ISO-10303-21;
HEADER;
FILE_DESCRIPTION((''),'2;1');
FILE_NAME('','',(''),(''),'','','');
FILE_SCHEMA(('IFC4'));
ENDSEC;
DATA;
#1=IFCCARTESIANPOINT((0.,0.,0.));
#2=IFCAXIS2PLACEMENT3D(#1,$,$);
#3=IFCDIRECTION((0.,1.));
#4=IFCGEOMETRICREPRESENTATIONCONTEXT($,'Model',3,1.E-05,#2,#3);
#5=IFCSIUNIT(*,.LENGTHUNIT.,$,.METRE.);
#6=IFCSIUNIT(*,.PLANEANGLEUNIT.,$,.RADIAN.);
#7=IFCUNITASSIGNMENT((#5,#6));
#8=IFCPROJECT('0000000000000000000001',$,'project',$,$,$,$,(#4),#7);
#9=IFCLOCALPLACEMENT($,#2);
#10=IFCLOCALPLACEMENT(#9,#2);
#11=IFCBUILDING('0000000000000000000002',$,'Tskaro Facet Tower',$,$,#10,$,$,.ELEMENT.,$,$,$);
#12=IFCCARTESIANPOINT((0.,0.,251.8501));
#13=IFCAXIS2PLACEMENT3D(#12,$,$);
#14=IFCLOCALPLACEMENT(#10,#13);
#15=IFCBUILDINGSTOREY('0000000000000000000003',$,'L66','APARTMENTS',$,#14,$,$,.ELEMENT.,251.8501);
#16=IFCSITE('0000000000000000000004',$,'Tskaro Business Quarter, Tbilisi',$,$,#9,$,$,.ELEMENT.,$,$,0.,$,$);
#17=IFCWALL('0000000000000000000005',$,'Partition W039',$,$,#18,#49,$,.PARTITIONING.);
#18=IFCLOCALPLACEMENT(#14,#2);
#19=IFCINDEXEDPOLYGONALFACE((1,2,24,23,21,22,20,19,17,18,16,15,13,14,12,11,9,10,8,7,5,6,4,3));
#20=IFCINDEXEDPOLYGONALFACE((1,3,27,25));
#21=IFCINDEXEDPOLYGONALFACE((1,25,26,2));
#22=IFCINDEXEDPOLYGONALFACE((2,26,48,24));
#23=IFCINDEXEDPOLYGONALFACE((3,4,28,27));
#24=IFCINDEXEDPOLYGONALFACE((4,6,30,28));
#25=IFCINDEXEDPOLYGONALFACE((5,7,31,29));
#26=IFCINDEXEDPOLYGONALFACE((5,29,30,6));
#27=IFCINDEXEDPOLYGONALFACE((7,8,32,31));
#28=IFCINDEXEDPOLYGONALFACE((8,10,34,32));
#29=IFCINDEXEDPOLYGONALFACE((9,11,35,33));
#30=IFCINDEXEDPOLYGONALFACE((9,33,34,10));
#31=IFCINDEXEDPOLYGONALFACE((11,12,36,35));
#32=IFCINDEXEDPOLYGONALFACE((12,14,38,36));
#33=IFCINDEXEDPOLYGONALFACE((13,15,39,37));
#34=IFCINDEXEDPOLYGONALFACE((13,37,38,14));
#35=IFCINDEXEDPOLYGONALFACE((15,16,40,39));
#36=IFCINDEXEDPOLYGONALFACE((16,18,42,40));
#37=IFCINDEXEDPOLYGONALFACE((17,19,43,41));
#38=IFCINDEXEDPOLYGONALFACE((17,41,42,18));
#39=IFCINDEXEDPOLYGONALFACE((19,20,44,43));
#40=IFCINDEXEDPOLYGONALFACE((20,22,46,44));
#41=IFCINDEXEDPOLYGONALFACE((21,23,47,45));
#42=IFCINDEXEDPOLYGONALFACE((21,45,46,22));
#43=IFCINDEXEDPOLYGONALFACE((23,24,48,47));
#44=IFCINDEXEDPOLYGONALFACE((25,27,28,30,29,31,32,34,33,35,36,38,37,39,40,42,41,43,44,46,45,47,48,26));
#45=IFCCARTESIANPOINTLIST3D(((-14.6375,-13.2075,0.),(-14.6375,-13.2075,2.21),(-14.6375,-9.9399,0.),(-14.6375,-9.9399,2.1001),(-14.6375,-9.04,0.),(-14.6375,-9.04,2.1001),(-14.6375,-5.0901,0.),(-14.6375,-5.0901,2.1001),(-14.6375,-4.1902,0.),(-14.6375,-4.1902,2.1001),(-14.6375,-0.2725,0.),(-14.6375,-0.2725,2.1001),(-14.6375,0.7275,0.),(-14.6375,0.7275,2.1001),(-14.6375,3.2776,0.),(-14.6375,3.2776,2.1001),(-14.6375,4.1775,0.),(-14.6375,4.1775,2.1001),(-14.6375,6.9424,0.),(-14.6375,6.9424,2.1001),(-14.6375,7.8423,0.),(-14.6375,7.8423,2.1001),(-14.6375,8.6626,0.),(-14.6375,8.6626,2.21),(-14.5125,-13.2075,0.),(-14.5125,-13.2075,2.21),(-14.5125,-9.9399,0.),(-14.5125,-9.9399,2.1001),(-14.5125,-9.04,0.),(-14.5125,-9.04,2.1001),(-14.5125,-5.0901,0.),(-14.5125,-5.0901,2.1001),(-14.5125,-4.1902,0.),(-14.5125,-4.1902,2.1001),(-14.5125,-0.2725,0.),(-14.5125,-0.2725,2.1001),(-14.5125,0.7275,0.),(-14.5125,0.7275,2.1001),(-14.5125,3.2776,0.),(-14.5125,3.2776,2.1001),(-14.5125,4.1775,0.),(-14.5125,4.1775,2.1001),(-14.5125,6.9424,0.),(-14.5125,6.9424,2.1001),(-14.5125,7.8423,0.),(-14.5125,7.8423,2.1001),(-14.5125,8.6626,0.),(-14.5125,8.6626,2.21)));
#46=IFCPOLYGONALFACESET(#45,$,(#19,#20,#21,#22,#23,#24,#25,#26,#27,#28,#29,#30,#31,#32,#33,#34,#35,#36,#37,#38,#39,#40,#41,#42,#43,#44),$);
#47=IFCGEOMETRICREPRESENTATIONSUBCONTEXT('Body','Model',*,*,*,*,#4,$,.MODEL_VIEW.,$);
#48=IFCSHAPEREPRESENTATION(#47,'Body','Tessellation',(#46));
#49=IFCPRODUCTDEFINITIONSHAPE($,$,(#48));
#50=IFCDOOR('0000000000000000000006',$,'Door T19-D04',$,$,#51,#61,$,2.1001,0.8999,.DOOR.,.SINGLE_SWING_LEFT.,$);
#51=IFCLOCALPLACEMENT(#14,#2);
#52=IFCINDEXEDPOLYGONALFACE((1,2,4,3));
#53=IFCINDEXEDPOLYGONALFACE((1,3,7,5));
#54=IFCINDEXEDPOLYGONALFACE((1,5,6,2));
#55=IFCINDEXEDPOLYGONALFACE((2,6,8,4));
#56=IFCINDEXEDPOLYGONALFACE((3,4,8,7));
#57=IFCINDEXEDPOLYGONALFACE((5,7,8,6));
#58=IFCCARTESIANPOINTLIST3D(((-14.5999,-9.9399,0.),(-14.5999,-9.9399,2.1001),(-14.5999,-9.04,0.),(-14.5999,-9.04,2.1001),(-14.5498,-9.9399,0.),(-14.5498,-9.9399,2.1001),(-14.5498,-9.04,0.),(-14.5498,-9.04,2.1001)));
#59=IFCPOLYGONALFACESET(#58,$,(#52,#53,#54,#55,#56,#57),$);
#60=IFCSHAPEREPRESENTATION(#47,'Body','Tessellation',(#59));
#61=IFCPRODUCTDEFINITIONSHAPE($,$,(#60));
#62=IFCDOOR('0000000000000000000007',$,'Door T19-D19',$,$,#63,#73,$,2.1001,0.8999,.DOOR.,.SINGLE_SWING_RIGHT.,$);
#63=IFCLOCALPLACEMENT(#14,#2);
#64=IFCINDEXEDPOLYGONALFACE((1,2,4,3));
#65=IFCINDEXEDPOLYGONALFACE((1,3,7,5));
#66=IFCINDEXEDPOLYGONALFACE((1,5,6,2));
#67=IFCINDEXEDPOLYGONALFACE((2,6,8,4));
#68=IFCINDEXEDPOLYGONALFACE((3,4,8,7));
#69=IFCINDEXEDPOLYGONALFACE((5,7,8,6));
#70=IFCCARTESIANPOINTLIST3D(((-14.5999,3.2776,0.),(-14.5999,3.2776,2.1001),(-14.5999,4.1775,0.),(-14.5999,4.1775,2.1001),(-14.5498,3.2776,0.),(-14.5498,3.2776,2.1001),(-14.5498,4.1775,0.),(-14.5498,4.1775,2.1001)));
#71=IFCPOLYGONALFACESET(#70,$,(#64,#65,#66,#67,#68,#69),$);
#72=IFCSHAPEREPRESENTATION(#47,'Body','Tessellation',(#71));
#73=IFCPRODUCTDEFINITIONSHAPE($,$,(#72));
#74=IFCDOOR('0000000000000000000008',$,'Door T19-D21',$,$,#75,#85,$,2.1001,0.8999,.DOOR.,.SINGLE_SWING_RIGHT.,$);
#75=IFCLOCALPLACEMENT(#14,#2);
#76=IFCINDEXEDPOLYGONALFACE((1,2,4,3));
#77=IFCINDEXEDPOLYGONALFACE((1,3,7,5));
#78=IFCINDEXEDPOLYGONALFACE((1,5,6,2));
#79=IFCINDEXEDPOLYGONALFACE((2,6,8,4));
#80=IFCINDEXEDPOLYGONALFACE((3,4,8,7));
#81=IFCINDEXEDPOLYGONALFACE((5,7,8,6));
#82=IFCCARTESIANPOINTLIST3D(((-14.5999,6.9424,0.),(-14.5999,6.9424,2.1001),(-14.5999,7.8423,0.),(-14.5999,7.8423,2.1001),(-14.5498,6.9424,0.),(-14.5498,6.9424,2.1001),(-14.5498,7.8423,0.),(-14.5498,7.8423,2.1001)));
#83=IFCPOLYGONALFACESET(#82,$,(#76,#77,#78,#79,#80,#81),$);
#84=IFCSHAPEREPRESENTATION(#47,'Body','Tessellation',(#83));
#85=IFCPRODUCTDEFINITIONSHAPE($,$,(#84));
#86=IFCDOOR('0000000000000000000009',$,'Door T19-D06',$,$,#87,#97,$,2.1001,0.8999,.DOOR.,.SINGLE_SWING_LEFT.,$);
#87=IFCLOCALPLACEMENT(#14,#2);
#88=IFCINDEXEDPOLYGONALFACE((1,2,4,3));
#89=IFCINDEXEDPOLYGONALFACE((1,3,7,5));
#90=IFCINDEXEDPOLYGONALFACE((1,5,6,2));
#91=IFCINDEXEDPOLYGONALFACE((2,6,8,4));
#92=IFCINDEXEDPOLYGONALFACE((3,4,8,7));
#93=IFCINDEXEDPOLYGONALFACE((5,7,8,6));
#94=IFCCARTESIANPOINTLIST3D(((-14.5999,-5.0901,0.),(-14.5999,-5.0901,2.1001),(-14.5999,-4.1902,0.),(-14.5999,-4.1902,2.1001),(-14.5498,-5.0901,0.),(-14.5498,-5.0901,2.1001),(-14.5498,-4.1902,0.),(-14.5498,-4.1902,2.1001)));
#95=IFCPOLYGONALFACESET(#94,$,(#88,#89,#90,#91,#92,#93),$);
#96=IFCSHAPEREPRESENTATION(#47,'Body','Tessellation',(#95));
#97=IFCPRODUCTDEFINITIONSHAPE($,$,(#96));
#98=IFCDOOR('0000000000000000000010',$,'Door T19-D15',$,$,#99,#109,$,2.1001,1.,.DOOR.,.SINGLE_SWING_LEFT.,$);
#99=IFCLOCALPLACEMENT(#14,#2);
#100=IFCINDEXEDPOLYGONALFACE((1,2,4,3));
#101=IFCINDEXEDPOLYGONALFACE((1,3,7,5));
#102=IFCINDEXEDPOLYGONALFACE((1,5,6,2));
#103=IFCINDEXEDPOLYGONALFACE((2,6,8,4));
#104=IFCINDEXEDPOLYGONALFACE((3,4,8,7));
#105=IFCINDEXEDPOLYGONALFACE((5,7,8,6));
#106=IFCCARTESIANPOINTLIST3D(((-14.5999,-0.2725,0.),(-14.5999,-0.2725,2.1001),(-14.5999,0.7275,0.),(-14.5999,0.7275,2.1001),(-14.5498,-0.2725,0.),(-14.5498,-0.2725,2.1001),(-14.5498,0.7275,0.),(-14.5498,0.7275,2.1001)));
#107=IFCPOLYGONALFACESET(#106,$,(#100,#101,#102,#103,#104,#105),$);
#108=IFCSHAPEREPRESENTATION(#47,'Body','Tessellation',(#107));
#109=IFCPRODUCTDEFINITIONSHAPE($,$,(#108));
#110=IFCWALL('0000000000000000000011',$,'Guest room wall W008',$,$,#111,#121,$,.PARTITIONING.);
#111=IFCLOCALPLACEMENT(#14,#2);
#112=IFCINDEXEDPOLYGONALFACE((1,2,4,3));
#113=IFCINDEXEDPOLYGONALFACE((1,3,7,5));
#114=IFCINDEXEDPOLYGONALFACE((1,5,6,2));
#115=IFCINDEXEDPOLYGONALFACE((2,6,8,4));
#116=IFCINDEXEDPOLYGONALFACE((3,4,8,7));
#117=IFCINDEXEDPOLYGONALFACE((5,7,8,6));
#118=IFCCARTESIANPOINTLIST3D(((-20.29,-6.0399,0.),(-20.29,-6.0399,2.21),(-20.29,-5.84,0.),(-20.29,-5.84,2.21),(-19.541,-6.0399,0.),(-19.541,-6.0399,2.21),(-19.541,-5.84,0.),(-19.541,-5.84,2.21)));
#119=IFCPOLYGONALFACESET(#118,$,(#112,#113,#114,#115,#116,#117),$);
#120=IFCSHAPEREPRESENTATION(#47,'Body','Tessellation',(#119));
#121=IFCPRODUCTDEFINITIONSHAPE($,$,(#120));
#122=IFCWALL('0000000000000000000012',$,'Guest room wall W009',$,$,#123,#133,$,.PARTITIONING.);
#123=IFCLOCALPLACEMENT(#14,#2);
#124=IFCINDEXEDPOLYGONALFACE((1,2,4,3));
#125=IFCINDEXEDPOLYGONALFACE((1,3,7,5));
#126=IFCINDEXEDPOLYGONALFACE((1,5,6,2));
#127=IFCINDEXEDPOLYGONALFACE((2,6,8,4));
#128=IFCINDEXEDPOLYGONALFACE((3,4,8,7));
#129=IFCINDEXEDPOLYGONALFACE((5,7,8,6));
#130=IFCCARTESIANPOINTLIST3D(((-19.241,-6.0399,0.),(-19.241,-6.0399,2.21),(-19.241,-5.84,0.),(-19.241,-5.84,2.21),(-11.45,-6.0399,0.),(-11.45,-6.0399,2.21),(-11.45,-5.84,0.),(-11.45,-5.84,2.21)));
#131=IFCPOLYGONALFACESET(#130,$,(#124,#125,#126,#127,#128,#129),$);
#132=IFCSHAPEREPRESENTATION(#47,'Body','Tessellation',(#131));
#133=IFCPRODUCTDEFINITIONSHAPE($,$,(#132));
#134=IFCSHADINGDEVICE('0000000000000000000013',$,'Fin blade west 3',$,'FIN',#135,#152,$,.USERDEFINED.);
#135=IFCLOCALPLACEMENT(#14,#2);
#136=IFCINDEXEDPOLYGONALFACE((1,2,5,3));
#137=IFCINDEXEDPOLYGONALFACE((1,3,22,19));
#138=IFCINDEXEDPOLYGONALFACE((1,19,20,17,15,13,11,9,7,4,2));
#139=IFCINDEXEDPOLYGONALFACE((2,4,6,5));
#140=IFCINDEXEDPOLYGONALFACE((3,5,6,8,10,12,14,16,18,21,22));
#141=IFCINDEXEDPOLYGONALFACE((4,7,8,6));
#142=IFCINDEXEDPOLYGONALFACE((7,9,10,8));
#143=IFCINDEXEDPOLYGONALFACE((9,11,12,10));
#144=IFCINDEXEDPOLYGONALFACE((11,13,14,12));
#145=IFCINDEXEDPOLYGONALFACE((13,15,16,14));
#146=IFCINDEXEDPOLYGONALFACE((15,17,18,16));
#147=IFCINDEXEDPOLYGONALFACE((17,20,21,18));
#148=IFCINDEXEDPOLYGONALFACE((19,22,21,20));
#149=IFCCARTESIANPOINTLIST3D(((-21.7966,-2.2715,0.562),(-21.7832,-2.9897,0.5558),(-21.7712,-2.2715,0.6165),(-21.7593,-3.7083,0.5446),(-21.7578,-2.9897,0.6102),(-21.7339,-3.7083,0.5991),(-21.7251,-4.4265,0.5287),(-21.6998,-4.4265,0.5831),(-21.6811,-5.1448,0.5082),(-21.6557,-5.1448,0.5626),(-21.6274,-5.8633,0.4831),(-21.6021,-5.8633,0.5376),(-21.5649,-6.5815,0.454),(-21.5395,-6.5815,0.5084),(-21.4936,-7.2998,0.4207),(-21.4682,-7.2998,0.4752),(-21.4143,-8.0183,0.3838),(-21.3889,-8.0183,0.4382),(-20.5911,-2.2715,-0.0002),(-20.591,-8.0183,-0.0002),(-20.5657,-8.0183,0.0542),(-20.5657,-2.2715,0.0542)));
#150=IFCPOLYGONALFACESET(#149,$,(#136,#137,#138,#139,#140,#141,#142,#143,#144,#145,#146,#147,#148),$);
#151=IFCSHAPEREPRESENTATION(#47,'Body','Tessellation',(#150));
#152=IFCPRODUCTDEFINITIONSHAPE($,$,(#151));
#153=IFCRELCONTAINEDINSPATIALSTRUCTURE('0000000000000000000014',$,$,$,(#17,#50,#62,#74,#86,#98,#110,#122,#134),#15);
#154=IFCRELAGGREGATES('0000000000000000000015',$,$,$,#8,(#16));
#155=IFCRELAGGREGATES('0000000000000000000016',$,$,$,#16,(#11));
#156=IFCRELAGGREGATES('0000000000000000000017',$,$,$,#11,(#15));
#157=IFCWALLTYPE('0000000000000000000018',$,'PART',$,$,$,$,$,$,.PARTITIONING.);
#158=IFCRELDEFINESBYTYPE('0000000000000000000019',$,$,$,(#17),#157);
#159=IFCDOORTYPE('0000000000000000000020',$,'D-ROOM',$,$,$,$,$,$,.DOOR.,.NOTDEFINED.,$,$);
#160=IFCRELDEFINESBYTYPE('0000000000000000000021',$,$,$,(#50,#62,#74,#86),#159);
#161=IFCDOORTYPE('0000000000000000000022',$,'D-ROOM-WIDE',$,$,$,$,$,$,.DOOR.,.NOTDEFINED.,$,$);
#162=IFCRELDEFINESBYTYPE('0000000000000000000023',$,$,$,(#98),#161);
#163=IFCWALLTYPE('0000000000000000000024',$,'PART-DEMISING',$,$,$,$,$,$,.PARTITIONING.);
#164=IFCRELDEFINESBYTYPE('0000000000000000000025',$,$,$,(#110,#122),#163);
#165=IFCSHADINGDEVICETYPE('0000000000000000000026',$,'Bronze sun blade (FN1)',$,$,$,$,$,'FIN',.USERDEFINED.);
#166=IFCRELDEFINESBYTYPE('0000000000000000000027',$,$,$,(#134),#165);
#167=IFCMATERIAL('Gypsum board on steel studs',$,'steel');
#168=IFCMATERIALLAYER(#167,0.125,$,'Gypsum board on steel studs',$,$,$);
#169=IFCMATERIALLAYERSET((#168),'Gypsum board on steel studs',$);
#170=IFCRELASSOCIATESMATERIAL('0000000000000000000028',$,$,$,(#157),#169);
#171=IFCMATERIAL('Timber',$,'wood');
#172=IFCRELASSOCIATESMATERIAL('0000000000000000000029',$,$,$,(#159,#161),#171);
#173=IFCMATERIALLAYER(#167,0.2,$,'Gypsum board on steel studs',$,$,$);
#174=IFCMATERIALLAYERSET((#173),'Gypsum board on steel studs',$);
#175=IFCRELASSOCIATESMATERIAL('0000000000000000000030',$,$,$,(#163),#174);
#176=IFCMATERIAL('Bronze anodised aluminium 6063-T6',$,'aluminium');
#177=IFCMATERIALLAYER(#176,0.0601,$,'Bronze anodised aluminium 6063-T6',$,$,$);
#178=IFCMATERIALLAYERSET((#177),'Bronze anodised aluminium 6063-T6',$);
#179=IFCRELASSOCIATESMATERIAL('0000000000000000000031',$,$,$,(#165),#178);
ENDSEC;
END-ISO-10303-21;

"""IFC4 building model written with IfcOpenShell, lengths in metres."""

from ifc_helpers import new_model, si_unit, direction, frame, frame_2d, origin, place, context, subcontext, project, spatial, polyline, rectangle, outline, extrude, material, layer, layer_set, type_object, element, fill, save


model = new_model("IFC4")

# Units and contexts
model_context = context("Model", 3, precision=1e-05, world=origin(), true_north=direction((0.0, 1.0)))
body_context = subcontext(model_context, "Body", "Model", "MODEL_VIEW")
ifc_project = project(units=[si_unit("LENGTHUNIT", "METRE"), si_unit("PLANEANGLEUNIT", "RADIAN")], contexts=[model_context])

# Site, building, storey
site_placement = place(None, origin())
site = spatial("IfcSite", under=ifc_project, at=site_placement, Name="Tskaro Business Quarter, Tbilisi", CompositionType="ELEMENT", RefElevation=0.0)
building_placement = place(site_placement, origin())
building = spatial("IfcBuilding", under=site, at=building_placement, Name="Tskaro Facet Tower", CompositionType="ELEMENT")
storey_placement = place(building_placement, frame((0.0, 0.0, 251.8501)))
storey = spatial("IfcBuildingStorey", under=building, at=storey_placement, Name="L66", Description="APARTMENTS", CompositionType="ELEMENT", Elevation=251.8501)

# Shared definitions
ifc_material_1 = material(Name="Bronze anodised aluminium 6063-T6", Category="aluminium")

# Shared definitions
ifc_material_2 = material(Name="Gypsum board on steel studs", Category="steel")
ifc_layer_1 = layer(ifc_material_2, 0.125, Name="Gypsum board on steel studs")
ifc_layer_set_1 = layer_set([ifc_layer_1], Name="Gypsum board on steel studs")
wall_type_1 = type_object("IfcWallType", Name="PART", PredefinedType="PARTITIONING", material=ifc_layer_set_1)

# Shared definitions
ifc_material_3 = material(Name="Timber", Category="wood")
door_type_1 = type_object("IfcDoorType", Name="D-ROOM", OperationType="NOTDEFINED", PredefinedType="DOOR", material=ifc_material_3)

# Wall, openings, doors
wall_1_placement = place(storey_placement, frame((-14.575, -13.2075, 0.0), z_axis=(0.0, 0.0, 1.0), x_axis=(0.0, 1.0, 0.0)))
wall_1 = element("IfcWall", 1, at=wall_1_placement, inside=storey, type_object=wall_type_1, Name="Partition W039", PredefinedType="PARTITIONING", context=body_context, shape_type="SweptSolid", body=[
    extrude(rectangle(XDim=21.8701, YDim=0.125, at=frame_2d((10.9351, 0.0))), origin(), (0.0, 0.0, 1.0), 2.21),
])
opening_1_placement = place(wall_1_placement, frame((3.2676, 0.0, 0.0)))
opening_1 = element("IfcOpeningElement", 2, at=opening_1_placement, cuts=wall_1, PredefinedType="OPENING", context=body_context, shape_type="SweptSolid", body=[
    extrude(rectangle(XDim=0.8999, YDim=2.1001, at=frame_2d((0.45, 1.05))), frame((0.0, 0.0725, 0.0), z_axis=(0.0, -1.0, 0.0), x_axis=(1.0, 0.0, 0.0)), (0.0, 0.0, 1.0), 0.145),
])
opening_2_placement = place(wall_1_placement, frame((16.4851, 0.0, 0.0)))
opening_2 = element("IfcOpeningElement", 3, at=opening_2_placement, cuts=wall_1, PredefinedType="OPENING", context=body_context, shape_type="SweptSolid", body=[
    extrude(rectangle(XDim=0.8999, YDim=2.1001, at=frame_2d((0.45, 1.05))), frame((0.0, 0.0725, 0.0), z_axis=(0.0, -1.0, 0.0), x_axis=(1.0, 0.0, 0.0)), (0.0, 0.0, 1.0), 0.145),
])
opening_3_placement = place(wall_1_placement, frame((12.9351, 0.0, 0.0)))
opening_3 = element("IfcOpeningElement", 4, at=opening_3_placement, cuts=wall_1, PredefinedType="OPENING", context=body_context, shape_type="SweptSolid", body=[
    extrude(rectangle(XDim=1.0, YDim=2.1001, at=frame_2d((0.5, 1.05))), frame((0.0, 0.0725, 0.0), z_axis=(0.0, -1.0, 0.0), x_axis=(1.0, 0.0, 0.0)), (0.0, 0.0, 1.0), 0.145),
])
opening_4_placement = place(wall_1_placement, frame((20.1499, 0.0, 0.0)))
opening_4 = element("IfcOpeningElement", 5, at=opening_4_placement, cuts=wall_1, PredefinedType="OPENING", context=body_context, shape_type="SweptSolid", body=[
    extrude(rectangle(XDim=0.8999, YDim=2.1001, at=frame_2d((0.45, 1.05))), frame((0.0, 0.0725, 0.0), z_axis=(0.0, -1.0, 0.0), x_axis=(1.0, 0.0, 0.0)), (0.0, 0.0, 1.0), 0.145),
])
opening_5_placement = place(wall_1_placement, frame((8.1174, 0.0, 0.0)))
opening_5 = element("IfcOpeningElement", 6, at=opening_5_placement, cuts=wall_1, PredefinedType="OPENING", context=body_context, shape_type="SweptSolid", body=[
    extrude(rectangle(XDim=0.8999, YDim=2.1001, at=frame_2d((0.45, 1.05))), frame((0.0, 0.0725, 0.0), z_axis=(0.0, -1.0, 0.0), x_axis=(1.0, 0.0, 0.0)), (0.0, 0.0, 1.0), 0.145),
])
door_1_placement = place(opening_1_placement, origin())
door_1 = element("IfcDoor", 7, at=door_1_placement, inside=storey, type_object=door_type_1, Name="Door T19-D04", OperationType="SINGLE_SWING_LEFT", OverallHeight=2.1001, OverallWidth=0.8999, PredefinedType="DOOR", context=body_context, shape_type="SweptSolid", body=[
    extrude(rectangle(XDim=0.8999, YDim=2.1001, at=frame_2d((0.45, 1.05))), frame((0.0, 0.0249, 0.0), z_axis=(0.0, -1.0, 0.0), x_axis=(1.0, 0.0, 0.0)), (0.0, 0.0, 1.0), 0.05),
])
fill(opening_1, door_1)
door_2_placement = place(opening_2_placement, origin())
door_2 = element("IfcDoor", 8, at=door_2_placement, inside=storey, type_object=door_type_1, Name="Door T19-D19", OperationType="SINGLE_SWING_RIGHT", OverallHeight=2.1001, OverallWidth=0.8999, PredefinedType="DOOR", context=body_context, shape_type="SweptSolid", body=[
    extrude(rectangle(XDim=0.8999, YDim=2.1001, at=frame_2d((0.45, 1.05))), frame((0.0, 0.0249, 0.0), z_axis=(0.0, -1.0, 0.0), x_axis=(1.0, 0.0, 0.0)), (0.0, 0.0, 1.0), 0.05),
])
fill(opening_2, door_2)
door_3_placement = place(opening_4_placement, origin())
door_3 = element("IfcDoor", 9, at=door_3_placement, inside=storey, type_object=door_type_1, Name="Door T19-D21", OperationType="SINGLE_SWING_RIGHT", OverallHeight=2.1001, OverallWidth=0.8999, PredefinedType="DOOR", context=body_context, shape_type="SweptSolid", body=[
    extrude(rectangle(XDim=0.8999, YDim=2.1001, at=frame_2d((0.45, 1.05))), frame((0.0, 0.0249, 0.0), z_axis=(0.0, -1.0, 0.0), x_axis=(1.0, 0.0, 0.0)), (0.0, 0.0, 1.0), 0.05),
])
fill(opening_4, door_3)
door_4_placement = place(opening_5_placement, origin())
door_4 = element("IfcDoor", 10, at=door_4_placement, inside=storey, type_object=door_type_1, Name="Door T19-D06", OperationType="SINGLE_SWING_LEFT", OverallHeight=2.1001, OverallWidth=0.8999, PredefinedType="DOOR", context=body_context, shape_type="SweptSolid", body=[
    extrude(rectangle(XDim=0.8999, YDim=2.1001, at=frame_2d((0.45, 1.05))), frame((0.0, 0.0249, 0.0), z_axis=(0.0, -1.0, 0.0), x_axis=(1.0, 0.0, 0.0)), (0.0, 0.0, 1.0), 0.05),
])
fill(opening_5, door_4)
door_type_2 = type_object("IfcDoorType", Name="D-ROOM-WIDE", OperationType="NOTDEFINED", PredefinedType="DOOR", material=ifc_material_3)
door_5_placement = place(opening_3_placement, origin())
door_5 = element("IfcDoor", 11, at=door_5_placement, inside=storey, type_object=door_type_2, Name="Door T19-D15", OperationType="SINGLE_SWING_LEFT", OverallHeight=2.1001, OverallWidth=1.0, PredefinedType="DOOR", context=body_context, shape_type="SweptSolid", body=[
    extrude(rectangle(XDim=1.0, YDim=2.1001, at=frame_2d((0.5, 1.05))), frame((0.0, 0.0249, 0.0), z_axis=(0.0, -1.0, 0.0), x_axis=(1.0, 0.0, 0.0)), (0.0, 0.0, 1.0), 0.05),
])
fill(opening_3, door_5)

# Walls
ifc_layer_2 = layer(ifc_material_2, 0.2, Name="Gypsum board on steel studs")
ifc_layer_set_2 = layer_set([ifc_layer_2], Name="Gypsum board on steel studs")
wall_type_2 = type_object("IfcWallType", Name="PART-DEMISING", PredefinedType="PARTITIONING", material=ifc_layer_set_2)
wall_2_placement = place(storey_placement, frame((-20.29, -5.9399, 0.0), z_axis=(0.0, 0.0, 1.0), x_axis=(1.0, 0.0, 0.0)))
element("IfcWall", 12, at=wall_2_placement, inside=storey, type_object=wall_type_2, Name="Guest room wall W008", PredefinedType="PARTITIONING", context=body_context, shape_type="SweptSolid", body=[
    extrude(rectangle(XDim=0.749, YDim=0.2, at=frame_2d((0.3745, 0.0))), origin(), (0.0, 0.0, 1.0), 2.21),
])
wall_3_placement = place(storey_placement, frame((-19.241, -5.9399, 0.0), z_axis=(0.0, 0.0, 1.0), x_axis=(1.0, 0.0, 0.0)))
element("IfcWall", 13, at=wall_3_placement, inside=storey, type_object=wall_type_2, Name="Guest room wall W009", PredefinedType="PARTITIONING", context=body_context, shape_type="SweptSolid", body=[
    extrude(rectangle(XDim=7.791, YDim=0.2, at=frame_2d((3.8955, 0.0))), origin(), (0.0, 0.0, 1.0), 2.21),
])

# Shading device
ifc_layer_3 = layer(ifc_material_1, 0.0601, Name="Bronze anodised aluminium 6063-T6")
ifc_layer_set_3 = layer_set([ifc_layer_3], Name="Bronze anodised aluminium 6063-T6")
shading_device_type = type_object("IfcShadingDeviceType", Name="Bronze sun blade (FN1)", ElementType="FIN", PredefinedType="USERDEFINED", material=ifc_layer_set_3)
shading_device_1_placement = place(storey_placement, frame((-20.5657, -2.2715, 0.0542), z_axis=(0.422675, 0.000005, 0.906281), x_axis=(0.000002, -1.0, 0.000005)))
element("IfcShadingDevice", 14, at=shading_device_1_placement, inside=storey, type_object=shading_device_type, Name="Fin blade west 3", ObjectType="FIN", PredefinedType="USERDEFINED", context=body_context, shape_type="SweptSolid", body=[
    extrude(outline(polyline([(0.0, 0.0), (5.7468, 0.0), (5.7468, -0.9084), (5.0283, -0.9959), (4.3101, -1.0745), (3.5918, -1.1436), (2.8733, -1.2028), (2.155, -1.2514), (1.4368, -1.2891), (0.7183, -1.3154), (0.0, -1.3302), (0.0, 0.0)])), origin(), (0.0, 0.0, -1.0), 0.0601),
])

save(model, "model.ifc")
